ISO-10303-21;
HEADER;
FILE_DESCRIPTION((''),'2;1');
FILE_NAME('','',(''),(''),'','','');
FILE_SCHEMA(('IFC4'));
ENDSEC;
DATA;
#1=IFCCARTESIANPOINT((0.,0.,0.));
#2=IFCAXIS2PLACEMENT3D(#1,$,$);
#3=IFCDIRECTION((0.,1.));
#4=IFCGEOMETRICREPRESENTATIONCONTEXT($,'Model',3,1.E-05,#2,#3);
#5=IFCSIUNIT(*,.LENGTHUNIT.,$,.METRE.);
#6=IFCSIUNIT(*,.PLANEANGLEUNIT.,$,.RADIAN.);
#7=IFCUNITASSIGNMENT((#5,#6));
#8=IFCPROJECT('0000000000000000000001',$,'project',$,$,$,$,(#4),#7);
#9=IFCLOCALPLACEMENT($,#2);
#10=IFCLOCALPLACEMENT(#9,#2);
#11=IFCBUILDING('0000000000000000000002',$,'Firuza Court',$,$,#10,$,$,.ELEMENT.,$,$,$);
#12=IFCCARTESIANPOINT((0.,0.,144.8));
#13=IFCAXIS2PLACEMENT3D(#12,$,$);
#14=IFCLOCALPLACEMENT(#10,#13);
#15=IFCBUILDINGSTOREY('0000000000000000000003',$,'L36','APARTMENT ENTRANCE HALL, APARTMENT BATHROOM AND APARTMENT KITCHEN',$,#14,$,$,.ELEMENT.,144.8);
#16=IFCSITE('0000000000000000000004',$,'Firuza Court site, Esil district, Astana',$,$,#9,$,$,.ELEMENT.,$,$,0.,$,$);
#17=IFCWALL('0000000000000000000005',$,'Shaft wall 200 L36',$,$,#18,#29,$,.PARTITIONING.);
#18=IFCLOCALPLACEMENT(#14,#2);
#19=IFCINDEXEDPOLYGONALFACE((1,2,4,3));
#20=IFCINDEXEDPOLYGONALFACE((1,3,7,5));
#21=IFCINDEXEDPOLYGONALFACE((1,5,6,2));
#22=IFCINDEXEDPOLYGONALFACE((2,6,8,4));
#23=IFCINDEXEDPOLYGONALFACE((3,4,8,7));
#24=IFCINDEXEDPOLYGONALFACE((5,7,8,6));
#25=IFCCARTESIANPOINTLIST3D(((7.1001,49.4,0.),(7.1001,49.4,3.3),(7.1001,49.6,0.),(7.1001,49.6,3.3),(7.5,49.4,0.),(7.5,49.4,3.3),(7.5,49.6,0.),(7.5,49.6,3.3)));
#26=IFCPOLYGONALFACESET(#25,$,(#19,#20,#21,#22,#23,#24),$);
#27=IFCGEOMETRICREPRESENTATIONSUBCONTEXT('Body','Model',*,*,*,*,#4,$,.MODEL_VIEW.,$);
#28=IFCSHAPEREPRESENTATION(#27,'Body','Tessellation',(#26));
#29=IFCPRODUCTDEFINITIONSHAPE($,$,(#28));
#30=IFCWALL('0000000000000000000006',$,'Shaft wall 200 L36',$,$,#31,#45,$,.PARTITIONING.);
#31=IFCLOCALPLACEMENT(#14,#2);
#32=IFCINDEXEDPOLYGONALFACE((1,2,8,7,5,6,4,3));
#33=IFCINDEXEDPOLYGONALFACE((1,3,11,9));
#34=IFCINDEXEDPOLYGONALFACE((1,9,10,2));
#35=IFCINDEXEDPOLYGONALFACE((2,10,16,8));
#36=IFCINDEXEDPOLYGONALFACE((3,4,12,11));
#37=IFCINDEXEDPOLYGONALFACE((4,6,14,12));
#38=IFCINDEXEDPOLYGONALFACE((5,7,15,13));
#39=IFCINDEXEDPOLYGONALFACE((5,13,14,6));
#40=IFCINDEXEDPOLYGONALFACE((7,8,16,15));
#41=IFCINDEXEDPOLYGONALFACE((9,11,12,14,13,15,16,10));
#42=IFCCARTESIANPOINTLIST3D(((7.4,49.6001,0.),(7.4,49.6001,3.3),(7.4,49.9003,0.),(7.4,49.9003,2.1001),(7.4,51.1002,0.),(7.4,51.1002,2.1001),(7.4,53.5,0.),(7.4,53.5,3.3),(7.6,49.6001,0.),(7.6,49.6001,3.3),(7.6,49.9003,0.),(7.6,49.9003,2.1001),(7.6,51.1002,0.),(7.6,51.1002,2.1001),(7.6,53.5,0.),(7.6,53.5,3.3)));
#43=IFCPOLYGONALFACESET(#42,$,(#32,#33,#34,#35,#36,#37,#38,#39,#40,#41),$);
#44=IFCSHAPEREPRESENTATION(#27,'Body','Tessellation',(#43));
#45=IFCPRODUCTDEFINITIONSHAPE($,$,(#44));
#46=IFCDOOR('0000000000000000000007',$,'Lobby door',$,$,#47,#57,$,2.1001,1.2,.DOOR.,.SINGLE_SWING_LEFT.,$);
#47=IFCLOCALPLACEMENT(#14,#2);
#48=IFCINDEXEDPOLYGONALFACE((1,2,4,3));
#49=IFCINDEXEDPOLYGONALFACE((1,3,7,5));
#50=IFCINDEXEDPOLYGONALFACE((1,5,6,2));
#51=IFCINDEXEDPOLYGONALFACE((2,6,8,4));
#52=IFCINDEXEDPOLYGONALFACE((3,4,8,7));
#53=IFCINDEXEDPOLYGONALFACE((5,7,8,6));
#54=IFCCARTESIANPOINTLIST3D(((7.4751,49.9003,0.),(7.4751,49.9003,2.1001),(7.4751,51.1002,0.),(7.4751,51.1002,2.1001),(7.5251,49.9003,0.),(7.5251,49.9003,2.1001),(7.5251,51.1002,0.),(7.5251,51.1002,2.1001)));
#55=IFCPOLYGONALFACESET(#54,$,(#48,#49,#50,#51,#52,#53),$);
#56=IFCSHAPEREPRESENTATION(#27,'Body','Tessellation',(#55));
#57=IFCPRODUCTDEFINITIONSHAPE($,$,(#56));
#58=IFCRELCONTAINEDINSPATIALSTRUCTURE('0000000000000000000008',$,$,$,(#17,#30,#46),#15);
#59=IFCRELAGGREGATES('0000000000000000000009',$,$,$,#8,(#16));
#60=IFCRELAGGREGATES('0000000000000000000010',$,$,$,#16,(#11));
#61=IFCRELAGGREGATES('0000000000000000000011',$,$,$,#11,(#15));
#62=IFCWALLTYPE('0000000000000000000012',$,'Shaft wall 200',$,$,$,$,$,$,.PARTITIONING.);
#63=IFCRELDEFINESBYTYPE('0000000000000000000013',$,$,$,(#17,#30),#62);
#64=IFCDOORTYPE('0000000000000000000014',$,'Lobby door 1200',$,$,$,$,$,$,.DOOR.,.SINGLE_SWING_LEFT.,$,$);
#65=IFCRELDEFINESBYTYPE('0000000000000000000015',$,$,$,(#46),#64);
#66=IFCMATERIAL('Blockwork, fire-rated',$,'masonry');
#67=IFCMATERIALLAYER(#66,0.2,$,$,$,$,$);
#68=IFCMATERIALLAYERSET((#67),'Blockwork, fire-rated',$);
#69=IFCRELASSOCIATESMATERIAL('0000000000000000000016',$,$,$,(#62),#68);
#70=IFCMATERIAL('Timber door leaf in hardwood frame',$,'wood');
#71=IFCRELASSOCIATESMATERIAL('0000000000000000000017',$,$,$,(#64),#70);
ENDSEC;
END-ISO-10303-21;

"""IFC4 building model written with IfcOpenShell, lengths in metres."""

from ifc_helpers import new_model, si_unit, direction, frame, frame_2d, origin, place, context, subcontext, project, spatial, rectangle, extrude, material, layer, layer_set, type_object, element, fill, save


model = new_model("IFC4")

# Units and contexts
model_context = context("Model", 3, precision=1e-05, world=origin(), true_north=direction((0.0, 1.0)))
body_context = subcontext(model_context, "Body", "Model", "MODEL_VIEW")
ifc_project = project(units=[si_unit("LENGTHUNIT", "METRE"), si_unit("PLANEANGLEUNIT", "RADIAN")], contexts=[model_context])

# Site, building, storey
site_placement = place(None, origin())
site = spatial("IfcSite", under=ifc_project, at=site_placement, Name="Firuza Court site, Esil district, Astana", CompositionType="ELEMENT", RefElevation=0.0)
building_placement = place(site_placement, origin())
building = spatial("IfcBuilding", under=site, at=building_placement, Name="Firuza Court", CompositionType="ELEMENT")
storey_placement = place(building_placement, frame((0.0, 0.0, 144.8)))
storey = spatial("IfcBuildingStorey", under=building, at=storey_placement, Name="L36", Description="APARTMENT ENTRANCE HALL, APARTMENT BATHROOM AND APARTMENT KITCHEN", CompositionType="ELEMENT", Elevation=144.8)

# Shared definitions
ifc_material_1 = material(Name="Blockwork, fire-rated", Category="masonry")

# Wall
ifc_layer_1 = layer(ifc_material_1, 0.2)
ifc_layer_set_1 = layer_set([ifc_layer_1], Name="Blockwork, fire-rated")
wall_type_1 = type_object("IfcWallType", Name="Shaft wall 200", PredefinedType="PARTITIONING", material=ifc_layer_set_1)
wall_1_placement = place(storey_placement, frame((7.1001, 49.5, 0.0), z_axis=(0.0, 0.0, 1.0), x_axis=(1.0, 0.0, 0.0)))
element("IfcWall", 1, at=wall_1_placement, inside=storey, type_object=wall_type_1, Name="Shaft wall 200 L36", PredefinedType="PARTITIONING", context=body_context, shape_type="SweptSolid", body=[
    extrude(rectangle(XDim=0.3999, YDim=0.2, at=frame_2d((0.2, 0.0))), origin(), (0.0, 0.0, 1.0), 3.3),
])

# Wall, opening, door
wall_2_placement = place(storey_placement, frame((7.5, 49.6001, 0.0), z_axis=(0.0, 0.0, 1.0), x_axis=(0.0, 1.0, 0.0)))
wall_2 = element("IfcWall", 2, at=wall_2_placement, inside=storey, type_object=wall_type_1, Name="Shaft wall 200 L36", PredefinedType="PARTITIONING", context=body_context, shape_type="SweptSolid", body=[
    extrude(rectangle(XDim=3.8999, YDim=0.2, at=frame_2d((1.95, 0.0))), origin(), (0.0, 0.0, 1.0), 3.3),
])
opening_1_placement = place(wall_2_placement, frame((0.3, 0.0, 0.0)))
opening_1 = element("IfcOpeningElement", 3, at=opening_1_placement, cuts=wall_2, PredefinedType="OPENING", context=body_context, shape_type="SweptSolid", body=[
    extrude(rectangle(XDim=1.2, YDim=2.1001, at=frame_2d((0.6001, 1.05))), frame((0.0, 0.1118, 0.0), z_axis=(0.0, -1.0, 0.0), x_axis=(1.0, 0.0, 0.0)), (0.0, 0.0, 1.0), 0.2239),
])
ifc_material_2 = material(Name="Timber door leaf in hardwood frame", Category="wood")
door_type_1 = type_object("IfcDoorType", Name="Lobby door 1200", OperationType="SINGLE_SWING_LEFT", PredefinedType="DOOR", material=ifc_material_2)
door_1_placement = place(opening_1_placement, origin())
door_1 = element("IfcDoor", 4, at=door_1_placement, inside=storey, type_object=door_type_1, Name="Lobby door", OperationType="SINGLE_SWING_LEFT", OverallHeight=2.1001, OverallWidth=1.2, PredefinedType="DOOR", context=body_context, shape_type="SweptSolid", body=[
    extrude(rectangle(XDim=1.2, YDim=2.1001, at=frame_2d((0.6001, 1.05))), frame((0.0, 0.0249, 0.0), z_axis=(0.0, -1.0, 0.0), x_axis=(1.0, 0.0, 0.0)), (0.0, 0.0, 1.0), 0.05),
])
fill(opening_1, door_1)

save(model, "model.ifc")
